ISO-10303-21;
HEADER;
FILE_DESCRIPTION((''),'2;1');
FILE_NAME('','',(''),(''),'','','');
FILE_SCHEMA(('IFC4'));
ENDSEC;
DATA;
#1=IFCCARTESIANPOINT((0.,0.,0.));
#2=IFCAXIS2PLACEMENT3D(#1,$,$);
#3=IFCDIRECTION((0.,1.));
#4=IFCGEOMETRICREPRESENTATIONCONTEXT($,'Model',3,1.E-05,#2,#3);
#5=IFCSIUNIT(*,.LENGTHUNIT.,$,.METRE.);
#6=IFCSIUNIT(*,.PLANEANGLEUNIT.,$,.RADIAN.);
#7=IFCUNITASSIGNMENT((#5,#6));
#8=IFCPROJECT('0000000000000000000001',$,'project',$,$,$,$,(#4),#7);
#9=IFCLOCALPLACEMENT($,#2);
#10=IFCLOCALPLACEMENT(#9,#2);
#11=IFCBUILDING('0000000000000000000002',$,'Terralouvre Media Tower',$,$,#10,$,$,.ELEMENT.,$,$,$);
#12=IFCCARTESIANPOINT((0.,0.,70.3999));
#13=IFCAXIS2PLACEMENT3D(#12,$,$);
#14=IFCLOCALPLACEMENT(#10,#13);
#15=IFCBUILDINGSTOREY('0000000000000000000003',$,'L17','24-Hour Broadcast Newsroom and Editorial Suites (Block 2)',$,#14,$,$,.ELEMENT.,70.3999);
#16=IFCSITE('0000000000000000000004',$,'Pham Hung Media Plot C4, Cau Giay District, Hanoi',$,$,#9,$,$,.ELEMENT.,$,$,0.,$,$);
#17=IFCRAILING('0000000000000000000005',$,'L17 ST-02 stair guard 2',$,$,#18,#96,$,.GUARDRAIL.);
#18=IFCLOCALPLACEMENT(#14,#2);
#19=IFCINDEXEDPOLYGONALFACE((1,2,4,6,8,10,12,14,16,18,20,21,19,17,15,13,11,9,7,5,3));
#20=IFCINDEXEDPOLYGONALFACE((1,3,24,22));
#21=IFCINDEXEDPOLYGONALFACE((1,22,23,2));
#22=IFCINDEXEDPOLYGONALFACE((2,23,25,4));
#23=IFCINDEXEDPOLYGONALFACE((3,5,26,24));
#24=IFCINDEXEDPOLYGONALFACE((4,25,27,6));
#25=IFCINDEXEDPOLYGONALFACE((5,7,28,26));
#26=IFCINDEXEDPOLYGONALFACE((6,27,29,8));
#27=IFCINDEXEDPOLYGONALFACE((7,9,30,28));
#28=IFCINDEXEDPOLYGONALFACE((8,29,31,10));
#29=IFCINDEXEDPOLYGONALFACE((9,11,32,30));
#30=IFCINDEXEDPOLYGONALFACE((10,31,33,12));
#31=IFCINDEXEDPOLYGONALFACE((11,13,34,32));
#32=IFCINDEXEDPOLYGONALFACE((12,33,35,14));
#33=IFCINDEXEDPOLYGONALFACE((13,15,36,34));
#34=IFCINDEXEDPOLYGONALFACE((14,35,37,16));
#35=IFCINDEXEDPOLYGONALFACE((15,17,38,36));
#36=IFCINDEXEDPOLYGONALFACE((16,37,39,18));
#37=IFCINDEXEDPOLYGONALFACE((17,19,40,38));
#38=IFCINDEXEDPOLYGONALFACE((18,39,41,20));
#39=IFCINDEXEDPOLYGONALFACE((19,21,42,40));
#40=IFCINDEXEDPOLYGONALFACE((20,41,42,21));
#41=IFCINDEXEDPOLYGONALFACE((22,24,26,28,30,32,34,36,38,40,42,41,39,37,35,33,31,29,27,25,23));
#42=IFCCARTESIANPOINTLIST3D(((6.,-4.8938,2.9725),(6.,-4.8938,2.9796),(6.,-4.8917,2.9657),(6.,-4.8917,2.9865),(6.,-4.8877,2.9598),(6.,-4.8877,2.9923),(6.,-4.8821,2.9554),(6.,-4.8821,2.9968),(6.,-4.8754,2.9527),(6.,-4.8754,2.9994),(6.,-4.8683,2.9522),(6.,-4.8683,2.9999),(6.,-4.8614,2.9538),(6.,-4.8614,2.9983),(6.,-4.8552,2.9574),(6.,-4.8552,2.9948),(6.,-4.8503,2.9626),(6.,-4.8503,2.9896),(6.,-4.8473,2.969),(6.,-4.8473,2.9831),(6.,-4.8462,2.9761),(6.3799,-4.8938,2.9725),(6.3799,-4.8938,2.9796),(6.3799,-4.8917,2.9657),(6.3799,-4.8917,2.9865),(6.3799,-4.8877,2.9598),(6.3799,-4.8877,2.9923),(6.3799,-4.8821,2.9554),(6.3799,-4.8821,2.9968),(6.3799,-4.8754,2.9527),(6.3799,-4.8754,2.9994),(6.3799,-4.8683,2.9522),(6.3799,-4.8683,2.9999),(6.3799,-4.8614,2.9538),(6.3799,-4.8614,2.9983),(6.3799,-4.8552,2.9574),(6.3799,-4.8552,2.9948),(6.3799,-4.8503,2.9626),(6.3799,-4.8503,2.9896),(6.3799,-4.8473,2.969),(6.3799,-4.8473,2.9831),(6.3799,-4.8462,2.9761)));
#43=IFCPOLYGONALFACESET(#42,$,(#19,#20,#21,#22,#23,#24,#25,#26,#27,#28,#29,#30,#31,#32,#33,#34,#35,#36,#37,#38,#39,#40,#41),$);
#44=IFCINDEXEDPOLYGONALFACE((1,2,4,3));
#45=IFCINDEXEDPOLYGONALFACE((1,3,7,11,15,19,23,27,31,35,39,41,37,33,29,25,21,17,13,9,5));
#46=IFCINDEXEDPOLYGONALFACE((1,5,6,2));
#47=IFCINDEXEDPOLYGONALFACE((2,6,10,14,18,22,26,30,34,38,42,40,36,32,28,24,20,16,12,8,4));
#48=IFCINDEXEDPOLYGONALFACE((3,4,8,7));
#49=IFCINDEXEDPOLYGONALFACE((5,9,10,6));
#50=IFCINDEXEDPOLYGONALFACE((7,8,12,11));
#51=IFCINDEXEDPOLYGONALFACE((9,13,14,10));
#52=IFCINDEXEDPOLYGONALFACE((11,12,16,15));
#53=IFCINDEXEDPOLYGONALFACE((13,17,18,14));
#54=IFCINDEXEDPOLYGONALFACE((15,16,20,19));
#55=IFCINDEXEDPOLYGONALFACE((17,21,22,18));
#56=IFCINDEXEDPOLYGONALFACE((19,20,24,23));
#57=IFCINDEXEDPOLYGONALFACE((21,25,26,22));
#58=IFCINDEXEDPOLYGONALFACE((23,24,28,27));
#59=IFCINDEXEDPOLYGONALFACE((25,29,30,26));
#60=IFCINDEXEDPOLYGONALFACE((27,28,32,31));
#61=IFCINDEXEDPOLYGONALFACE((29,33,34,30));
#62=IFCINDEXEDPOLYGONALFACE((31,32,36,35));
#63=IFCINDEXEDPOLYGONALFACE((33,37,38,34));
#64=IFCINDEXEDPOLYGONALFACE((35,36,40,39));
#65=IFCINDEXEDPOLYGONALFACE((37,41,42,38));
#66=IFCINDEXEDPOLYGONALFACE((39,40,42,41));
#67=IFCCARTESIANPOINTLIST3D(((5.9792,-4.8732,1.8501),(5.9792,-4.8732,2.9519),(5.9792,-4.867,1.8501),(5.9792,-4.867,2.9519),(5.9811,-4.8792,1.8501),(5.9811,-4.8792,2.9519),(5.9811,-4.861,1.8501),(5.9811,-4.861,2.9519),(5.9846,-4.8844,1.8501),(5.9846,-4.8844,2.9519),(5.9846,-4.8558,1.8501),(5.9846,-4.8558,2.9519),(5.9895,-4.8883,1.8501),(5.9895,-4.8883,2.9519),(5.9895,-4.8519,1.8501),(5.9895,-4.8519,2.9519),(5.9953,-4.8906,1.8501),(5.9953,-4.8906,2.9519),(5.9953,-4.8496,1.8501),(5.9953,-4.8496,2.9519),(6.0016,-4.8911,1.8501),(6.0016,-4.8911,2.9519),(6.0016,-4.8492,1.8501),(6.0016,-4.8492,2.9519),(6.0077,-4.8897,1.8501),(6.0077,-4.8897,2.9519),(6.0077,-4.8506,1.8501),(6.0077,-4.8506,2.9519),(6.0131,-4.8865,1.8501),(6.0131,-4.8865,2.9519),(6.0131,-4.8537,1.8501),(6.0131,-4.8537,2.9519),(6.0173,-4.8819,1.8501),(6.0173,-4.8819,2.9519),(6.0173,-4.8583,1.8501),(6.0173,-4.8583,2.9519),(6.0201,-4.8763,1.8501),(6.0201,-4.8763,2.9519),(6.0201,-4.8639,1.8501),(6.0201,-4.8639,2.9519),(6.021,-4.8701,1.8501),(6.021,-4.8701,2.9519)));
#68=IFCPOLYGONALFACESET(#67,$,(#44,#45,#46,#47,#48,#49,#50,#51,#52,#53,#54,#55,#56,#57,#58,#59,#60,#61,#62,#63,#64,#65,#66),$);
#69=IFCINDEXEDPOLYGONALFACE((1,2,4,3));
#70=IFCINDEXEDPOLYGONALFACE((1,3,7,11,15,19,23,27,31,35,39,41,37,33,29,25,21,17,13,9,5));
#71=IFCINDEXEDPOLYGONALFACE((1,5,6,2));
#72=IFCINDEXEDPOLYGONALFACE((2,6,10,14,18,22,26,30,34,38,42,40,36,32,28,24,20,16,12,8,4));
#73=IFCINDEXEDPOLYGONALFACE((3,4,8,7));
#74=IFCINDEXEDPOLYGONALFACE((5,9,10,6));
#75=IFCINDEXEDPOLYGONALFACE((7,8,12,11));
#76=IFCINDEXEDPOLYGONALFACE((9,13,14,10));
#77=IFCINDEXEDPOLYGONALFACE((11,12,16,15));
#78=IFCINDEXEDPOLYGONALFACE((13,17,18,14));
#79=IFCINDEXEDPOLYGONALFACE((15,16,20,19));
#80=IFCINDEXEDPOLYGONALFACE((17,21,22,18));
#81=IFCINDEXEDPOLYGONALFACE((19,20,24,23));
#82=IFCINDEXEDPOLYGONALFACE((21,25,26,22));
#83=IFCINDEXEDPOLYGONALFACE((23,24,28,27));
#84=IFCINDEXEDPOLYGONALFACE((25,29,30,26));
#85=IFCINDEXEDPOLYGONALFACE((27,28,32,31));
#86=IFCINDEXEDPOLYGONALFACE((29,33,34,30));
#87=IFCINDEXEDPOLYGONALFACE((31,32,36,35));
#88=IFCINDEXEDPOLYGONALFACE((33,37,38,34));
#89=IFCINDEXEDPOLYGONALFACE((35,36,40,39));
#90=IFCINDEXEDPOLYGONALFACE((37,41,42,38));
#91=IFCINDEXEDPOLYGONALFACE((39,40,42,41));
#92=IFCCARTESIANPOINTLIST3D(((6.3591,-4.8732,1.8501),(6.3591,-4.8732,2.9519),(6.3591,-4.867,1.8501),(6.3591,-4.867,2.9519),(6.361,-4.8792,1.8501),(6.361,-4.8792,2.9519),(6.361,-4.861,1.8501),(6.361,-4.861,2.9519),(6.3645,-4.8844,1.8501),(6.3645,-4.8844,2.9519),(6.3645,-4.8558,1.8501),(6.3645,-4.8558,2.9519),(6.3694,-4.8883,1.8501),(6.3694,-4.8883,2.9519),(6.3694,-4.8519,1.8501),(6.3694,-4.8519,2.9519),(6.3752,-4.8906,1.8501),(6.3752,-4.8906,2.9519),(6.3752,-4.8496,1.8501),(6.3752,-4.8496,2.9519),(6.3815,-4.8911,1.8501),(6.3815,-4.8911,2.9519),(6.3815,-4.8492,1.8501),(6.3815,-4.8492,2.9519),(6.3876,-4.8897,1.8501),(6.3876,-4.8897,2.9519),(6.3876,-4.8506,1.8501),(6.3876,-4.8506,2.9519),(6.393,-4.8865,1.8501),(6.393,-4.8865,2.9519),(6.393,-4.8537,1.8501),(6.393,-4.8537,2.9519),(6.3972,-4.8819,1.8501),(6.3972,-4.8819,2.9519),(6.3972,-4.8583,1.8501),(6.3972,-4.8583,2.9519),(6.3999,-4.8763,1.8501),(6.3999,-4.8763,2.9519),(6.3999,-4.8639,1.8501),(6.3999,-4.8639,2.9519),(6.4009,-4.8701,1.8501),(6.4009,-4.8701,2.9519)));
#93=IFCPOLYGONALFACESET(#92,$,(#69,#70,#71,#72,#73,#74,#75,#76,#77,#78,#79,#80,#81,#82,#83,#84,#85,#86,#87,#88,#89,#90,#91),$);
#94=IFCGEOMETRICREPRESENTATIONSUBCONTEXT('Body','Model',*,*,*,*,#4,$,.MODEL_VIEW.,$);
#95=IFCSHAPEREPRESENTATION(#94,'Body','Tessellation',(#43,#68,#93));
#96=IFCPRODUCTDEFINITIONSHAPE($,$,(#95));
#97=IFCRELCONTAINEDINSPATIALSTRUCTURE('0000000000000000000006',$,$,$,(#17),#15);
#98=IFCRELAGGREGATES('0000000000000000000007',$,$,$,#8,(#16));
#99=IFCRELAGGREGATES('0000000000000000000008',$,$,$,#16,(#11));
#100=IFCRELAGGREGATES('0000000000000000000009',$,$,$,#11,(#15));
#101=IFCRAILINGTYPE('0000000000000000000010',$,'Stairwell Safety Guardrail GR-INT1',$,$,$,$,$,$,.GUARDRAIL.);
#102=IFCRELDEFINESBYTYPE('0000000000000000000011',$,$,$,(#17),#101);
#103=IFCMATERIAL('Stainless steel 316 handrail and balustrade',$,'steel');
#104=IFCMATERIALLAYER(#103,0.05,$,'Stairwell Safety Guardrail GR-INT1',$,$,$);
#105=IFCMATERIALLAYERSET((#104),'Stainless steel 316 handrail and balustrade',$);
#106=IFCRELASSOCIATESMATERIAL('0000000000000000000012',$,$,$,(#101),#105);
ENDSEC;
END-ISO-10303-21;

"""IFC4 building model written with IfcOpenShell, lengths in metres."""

from ifc_helpers import new_model, si_unit, direction, frame, origin, origin_2d, place, context, subcontext, project, spatial, circle, extrude, material, layer, layer_set, type_object, element, save


model = new_model("IFC4")

# Units and contexts
model_context = context("Model", 3, precision=1e-05, world=origin(), true_north=direction((0.0, 1.0)))
body_context = subcontext(model_context, "Body", "Model", "MODEL_VIEW")
ifc_project = project(units=[si_unit("LENGTHUNIT", "METRE"), si_unit("PLANEANGLEUNIT", "RADIAN")], contexts=[model_context])

# Site, building, storey
site_placement = place(None, origin())
site = spatial("IfcSite", under=ifc_project, at=site_placement, Name="Pham Hung Media Plot C4, Cau Giay District, Hanoi", CompositionType="ELEMENT", RefElevation=0.0)
building_placement = place(site_placement, origin())
building = spatial("IfcBuilding", under=site, at=building_placement, Name="Terralouvre Media Tower", CompositionType="ELEMENT")
storey_placement = place(building_placement, frame((0.0, 0.0, 70.3999)))
storey = spatial("IfcBuildingStorey", under=building, at=storey_placement, Name="L17", Description="24-Hour Broadcast Newsroom and Editorial Suites (Block 2)", CompositionType="ELEMENT", Elevation=70.3999)

# Railing
ifc_material_1 = material(Name="Stainless steel 316 handrail and balustrade", Category="steel")
ifc_layer_1 = layer(ifc_material_1, 0.05, Name="Stairwell Safety Guardrail GR-INT1")
ifc_layer_set_1 = layer_set([ifc_layer_1], Name="Stainless steel 316 handrail and balustrade")
railing_type_1 = type_object("IfcRailingType", Name="Stairwell Safety Guardrail GR-INT1", PredefinedType="GUARDRAIL", material=ifc_layer_set_1)
railing_1_placement = place(storey_placement, frame((6.0, -4.8701, 1.8501)))
element("IfcRailing", 1, at=railing_1_placement, inside=storey, type_object=railing_type_1, Name="L17 ST-02 stair guard 2", PredefinedType="GUARDRAIL", context=body_context, shape_type="SweptSolid", body=[
    extrude(circle(Radius=0.0239, at=origin_2d()), frame((0.0, 0.0, 1.126), z_axis=(1.0, 0.0, 0.0), x_axis=(0.0, 1.0, 0.0)), (0.0, 0.0, 1.0), 0.3799),
    extrude(circle(Radius=0.021, at=origin_2d()), origin(), (0.0, 0.0, 1.0), 1.1018),
    extrude(circle(Radius=0.021, at=origin_2d()), frame((0.3799, 0.0, 0.0)), (0.0, 0.0, 1.0), 1.1018),
])

save(model, "model.ifc")
